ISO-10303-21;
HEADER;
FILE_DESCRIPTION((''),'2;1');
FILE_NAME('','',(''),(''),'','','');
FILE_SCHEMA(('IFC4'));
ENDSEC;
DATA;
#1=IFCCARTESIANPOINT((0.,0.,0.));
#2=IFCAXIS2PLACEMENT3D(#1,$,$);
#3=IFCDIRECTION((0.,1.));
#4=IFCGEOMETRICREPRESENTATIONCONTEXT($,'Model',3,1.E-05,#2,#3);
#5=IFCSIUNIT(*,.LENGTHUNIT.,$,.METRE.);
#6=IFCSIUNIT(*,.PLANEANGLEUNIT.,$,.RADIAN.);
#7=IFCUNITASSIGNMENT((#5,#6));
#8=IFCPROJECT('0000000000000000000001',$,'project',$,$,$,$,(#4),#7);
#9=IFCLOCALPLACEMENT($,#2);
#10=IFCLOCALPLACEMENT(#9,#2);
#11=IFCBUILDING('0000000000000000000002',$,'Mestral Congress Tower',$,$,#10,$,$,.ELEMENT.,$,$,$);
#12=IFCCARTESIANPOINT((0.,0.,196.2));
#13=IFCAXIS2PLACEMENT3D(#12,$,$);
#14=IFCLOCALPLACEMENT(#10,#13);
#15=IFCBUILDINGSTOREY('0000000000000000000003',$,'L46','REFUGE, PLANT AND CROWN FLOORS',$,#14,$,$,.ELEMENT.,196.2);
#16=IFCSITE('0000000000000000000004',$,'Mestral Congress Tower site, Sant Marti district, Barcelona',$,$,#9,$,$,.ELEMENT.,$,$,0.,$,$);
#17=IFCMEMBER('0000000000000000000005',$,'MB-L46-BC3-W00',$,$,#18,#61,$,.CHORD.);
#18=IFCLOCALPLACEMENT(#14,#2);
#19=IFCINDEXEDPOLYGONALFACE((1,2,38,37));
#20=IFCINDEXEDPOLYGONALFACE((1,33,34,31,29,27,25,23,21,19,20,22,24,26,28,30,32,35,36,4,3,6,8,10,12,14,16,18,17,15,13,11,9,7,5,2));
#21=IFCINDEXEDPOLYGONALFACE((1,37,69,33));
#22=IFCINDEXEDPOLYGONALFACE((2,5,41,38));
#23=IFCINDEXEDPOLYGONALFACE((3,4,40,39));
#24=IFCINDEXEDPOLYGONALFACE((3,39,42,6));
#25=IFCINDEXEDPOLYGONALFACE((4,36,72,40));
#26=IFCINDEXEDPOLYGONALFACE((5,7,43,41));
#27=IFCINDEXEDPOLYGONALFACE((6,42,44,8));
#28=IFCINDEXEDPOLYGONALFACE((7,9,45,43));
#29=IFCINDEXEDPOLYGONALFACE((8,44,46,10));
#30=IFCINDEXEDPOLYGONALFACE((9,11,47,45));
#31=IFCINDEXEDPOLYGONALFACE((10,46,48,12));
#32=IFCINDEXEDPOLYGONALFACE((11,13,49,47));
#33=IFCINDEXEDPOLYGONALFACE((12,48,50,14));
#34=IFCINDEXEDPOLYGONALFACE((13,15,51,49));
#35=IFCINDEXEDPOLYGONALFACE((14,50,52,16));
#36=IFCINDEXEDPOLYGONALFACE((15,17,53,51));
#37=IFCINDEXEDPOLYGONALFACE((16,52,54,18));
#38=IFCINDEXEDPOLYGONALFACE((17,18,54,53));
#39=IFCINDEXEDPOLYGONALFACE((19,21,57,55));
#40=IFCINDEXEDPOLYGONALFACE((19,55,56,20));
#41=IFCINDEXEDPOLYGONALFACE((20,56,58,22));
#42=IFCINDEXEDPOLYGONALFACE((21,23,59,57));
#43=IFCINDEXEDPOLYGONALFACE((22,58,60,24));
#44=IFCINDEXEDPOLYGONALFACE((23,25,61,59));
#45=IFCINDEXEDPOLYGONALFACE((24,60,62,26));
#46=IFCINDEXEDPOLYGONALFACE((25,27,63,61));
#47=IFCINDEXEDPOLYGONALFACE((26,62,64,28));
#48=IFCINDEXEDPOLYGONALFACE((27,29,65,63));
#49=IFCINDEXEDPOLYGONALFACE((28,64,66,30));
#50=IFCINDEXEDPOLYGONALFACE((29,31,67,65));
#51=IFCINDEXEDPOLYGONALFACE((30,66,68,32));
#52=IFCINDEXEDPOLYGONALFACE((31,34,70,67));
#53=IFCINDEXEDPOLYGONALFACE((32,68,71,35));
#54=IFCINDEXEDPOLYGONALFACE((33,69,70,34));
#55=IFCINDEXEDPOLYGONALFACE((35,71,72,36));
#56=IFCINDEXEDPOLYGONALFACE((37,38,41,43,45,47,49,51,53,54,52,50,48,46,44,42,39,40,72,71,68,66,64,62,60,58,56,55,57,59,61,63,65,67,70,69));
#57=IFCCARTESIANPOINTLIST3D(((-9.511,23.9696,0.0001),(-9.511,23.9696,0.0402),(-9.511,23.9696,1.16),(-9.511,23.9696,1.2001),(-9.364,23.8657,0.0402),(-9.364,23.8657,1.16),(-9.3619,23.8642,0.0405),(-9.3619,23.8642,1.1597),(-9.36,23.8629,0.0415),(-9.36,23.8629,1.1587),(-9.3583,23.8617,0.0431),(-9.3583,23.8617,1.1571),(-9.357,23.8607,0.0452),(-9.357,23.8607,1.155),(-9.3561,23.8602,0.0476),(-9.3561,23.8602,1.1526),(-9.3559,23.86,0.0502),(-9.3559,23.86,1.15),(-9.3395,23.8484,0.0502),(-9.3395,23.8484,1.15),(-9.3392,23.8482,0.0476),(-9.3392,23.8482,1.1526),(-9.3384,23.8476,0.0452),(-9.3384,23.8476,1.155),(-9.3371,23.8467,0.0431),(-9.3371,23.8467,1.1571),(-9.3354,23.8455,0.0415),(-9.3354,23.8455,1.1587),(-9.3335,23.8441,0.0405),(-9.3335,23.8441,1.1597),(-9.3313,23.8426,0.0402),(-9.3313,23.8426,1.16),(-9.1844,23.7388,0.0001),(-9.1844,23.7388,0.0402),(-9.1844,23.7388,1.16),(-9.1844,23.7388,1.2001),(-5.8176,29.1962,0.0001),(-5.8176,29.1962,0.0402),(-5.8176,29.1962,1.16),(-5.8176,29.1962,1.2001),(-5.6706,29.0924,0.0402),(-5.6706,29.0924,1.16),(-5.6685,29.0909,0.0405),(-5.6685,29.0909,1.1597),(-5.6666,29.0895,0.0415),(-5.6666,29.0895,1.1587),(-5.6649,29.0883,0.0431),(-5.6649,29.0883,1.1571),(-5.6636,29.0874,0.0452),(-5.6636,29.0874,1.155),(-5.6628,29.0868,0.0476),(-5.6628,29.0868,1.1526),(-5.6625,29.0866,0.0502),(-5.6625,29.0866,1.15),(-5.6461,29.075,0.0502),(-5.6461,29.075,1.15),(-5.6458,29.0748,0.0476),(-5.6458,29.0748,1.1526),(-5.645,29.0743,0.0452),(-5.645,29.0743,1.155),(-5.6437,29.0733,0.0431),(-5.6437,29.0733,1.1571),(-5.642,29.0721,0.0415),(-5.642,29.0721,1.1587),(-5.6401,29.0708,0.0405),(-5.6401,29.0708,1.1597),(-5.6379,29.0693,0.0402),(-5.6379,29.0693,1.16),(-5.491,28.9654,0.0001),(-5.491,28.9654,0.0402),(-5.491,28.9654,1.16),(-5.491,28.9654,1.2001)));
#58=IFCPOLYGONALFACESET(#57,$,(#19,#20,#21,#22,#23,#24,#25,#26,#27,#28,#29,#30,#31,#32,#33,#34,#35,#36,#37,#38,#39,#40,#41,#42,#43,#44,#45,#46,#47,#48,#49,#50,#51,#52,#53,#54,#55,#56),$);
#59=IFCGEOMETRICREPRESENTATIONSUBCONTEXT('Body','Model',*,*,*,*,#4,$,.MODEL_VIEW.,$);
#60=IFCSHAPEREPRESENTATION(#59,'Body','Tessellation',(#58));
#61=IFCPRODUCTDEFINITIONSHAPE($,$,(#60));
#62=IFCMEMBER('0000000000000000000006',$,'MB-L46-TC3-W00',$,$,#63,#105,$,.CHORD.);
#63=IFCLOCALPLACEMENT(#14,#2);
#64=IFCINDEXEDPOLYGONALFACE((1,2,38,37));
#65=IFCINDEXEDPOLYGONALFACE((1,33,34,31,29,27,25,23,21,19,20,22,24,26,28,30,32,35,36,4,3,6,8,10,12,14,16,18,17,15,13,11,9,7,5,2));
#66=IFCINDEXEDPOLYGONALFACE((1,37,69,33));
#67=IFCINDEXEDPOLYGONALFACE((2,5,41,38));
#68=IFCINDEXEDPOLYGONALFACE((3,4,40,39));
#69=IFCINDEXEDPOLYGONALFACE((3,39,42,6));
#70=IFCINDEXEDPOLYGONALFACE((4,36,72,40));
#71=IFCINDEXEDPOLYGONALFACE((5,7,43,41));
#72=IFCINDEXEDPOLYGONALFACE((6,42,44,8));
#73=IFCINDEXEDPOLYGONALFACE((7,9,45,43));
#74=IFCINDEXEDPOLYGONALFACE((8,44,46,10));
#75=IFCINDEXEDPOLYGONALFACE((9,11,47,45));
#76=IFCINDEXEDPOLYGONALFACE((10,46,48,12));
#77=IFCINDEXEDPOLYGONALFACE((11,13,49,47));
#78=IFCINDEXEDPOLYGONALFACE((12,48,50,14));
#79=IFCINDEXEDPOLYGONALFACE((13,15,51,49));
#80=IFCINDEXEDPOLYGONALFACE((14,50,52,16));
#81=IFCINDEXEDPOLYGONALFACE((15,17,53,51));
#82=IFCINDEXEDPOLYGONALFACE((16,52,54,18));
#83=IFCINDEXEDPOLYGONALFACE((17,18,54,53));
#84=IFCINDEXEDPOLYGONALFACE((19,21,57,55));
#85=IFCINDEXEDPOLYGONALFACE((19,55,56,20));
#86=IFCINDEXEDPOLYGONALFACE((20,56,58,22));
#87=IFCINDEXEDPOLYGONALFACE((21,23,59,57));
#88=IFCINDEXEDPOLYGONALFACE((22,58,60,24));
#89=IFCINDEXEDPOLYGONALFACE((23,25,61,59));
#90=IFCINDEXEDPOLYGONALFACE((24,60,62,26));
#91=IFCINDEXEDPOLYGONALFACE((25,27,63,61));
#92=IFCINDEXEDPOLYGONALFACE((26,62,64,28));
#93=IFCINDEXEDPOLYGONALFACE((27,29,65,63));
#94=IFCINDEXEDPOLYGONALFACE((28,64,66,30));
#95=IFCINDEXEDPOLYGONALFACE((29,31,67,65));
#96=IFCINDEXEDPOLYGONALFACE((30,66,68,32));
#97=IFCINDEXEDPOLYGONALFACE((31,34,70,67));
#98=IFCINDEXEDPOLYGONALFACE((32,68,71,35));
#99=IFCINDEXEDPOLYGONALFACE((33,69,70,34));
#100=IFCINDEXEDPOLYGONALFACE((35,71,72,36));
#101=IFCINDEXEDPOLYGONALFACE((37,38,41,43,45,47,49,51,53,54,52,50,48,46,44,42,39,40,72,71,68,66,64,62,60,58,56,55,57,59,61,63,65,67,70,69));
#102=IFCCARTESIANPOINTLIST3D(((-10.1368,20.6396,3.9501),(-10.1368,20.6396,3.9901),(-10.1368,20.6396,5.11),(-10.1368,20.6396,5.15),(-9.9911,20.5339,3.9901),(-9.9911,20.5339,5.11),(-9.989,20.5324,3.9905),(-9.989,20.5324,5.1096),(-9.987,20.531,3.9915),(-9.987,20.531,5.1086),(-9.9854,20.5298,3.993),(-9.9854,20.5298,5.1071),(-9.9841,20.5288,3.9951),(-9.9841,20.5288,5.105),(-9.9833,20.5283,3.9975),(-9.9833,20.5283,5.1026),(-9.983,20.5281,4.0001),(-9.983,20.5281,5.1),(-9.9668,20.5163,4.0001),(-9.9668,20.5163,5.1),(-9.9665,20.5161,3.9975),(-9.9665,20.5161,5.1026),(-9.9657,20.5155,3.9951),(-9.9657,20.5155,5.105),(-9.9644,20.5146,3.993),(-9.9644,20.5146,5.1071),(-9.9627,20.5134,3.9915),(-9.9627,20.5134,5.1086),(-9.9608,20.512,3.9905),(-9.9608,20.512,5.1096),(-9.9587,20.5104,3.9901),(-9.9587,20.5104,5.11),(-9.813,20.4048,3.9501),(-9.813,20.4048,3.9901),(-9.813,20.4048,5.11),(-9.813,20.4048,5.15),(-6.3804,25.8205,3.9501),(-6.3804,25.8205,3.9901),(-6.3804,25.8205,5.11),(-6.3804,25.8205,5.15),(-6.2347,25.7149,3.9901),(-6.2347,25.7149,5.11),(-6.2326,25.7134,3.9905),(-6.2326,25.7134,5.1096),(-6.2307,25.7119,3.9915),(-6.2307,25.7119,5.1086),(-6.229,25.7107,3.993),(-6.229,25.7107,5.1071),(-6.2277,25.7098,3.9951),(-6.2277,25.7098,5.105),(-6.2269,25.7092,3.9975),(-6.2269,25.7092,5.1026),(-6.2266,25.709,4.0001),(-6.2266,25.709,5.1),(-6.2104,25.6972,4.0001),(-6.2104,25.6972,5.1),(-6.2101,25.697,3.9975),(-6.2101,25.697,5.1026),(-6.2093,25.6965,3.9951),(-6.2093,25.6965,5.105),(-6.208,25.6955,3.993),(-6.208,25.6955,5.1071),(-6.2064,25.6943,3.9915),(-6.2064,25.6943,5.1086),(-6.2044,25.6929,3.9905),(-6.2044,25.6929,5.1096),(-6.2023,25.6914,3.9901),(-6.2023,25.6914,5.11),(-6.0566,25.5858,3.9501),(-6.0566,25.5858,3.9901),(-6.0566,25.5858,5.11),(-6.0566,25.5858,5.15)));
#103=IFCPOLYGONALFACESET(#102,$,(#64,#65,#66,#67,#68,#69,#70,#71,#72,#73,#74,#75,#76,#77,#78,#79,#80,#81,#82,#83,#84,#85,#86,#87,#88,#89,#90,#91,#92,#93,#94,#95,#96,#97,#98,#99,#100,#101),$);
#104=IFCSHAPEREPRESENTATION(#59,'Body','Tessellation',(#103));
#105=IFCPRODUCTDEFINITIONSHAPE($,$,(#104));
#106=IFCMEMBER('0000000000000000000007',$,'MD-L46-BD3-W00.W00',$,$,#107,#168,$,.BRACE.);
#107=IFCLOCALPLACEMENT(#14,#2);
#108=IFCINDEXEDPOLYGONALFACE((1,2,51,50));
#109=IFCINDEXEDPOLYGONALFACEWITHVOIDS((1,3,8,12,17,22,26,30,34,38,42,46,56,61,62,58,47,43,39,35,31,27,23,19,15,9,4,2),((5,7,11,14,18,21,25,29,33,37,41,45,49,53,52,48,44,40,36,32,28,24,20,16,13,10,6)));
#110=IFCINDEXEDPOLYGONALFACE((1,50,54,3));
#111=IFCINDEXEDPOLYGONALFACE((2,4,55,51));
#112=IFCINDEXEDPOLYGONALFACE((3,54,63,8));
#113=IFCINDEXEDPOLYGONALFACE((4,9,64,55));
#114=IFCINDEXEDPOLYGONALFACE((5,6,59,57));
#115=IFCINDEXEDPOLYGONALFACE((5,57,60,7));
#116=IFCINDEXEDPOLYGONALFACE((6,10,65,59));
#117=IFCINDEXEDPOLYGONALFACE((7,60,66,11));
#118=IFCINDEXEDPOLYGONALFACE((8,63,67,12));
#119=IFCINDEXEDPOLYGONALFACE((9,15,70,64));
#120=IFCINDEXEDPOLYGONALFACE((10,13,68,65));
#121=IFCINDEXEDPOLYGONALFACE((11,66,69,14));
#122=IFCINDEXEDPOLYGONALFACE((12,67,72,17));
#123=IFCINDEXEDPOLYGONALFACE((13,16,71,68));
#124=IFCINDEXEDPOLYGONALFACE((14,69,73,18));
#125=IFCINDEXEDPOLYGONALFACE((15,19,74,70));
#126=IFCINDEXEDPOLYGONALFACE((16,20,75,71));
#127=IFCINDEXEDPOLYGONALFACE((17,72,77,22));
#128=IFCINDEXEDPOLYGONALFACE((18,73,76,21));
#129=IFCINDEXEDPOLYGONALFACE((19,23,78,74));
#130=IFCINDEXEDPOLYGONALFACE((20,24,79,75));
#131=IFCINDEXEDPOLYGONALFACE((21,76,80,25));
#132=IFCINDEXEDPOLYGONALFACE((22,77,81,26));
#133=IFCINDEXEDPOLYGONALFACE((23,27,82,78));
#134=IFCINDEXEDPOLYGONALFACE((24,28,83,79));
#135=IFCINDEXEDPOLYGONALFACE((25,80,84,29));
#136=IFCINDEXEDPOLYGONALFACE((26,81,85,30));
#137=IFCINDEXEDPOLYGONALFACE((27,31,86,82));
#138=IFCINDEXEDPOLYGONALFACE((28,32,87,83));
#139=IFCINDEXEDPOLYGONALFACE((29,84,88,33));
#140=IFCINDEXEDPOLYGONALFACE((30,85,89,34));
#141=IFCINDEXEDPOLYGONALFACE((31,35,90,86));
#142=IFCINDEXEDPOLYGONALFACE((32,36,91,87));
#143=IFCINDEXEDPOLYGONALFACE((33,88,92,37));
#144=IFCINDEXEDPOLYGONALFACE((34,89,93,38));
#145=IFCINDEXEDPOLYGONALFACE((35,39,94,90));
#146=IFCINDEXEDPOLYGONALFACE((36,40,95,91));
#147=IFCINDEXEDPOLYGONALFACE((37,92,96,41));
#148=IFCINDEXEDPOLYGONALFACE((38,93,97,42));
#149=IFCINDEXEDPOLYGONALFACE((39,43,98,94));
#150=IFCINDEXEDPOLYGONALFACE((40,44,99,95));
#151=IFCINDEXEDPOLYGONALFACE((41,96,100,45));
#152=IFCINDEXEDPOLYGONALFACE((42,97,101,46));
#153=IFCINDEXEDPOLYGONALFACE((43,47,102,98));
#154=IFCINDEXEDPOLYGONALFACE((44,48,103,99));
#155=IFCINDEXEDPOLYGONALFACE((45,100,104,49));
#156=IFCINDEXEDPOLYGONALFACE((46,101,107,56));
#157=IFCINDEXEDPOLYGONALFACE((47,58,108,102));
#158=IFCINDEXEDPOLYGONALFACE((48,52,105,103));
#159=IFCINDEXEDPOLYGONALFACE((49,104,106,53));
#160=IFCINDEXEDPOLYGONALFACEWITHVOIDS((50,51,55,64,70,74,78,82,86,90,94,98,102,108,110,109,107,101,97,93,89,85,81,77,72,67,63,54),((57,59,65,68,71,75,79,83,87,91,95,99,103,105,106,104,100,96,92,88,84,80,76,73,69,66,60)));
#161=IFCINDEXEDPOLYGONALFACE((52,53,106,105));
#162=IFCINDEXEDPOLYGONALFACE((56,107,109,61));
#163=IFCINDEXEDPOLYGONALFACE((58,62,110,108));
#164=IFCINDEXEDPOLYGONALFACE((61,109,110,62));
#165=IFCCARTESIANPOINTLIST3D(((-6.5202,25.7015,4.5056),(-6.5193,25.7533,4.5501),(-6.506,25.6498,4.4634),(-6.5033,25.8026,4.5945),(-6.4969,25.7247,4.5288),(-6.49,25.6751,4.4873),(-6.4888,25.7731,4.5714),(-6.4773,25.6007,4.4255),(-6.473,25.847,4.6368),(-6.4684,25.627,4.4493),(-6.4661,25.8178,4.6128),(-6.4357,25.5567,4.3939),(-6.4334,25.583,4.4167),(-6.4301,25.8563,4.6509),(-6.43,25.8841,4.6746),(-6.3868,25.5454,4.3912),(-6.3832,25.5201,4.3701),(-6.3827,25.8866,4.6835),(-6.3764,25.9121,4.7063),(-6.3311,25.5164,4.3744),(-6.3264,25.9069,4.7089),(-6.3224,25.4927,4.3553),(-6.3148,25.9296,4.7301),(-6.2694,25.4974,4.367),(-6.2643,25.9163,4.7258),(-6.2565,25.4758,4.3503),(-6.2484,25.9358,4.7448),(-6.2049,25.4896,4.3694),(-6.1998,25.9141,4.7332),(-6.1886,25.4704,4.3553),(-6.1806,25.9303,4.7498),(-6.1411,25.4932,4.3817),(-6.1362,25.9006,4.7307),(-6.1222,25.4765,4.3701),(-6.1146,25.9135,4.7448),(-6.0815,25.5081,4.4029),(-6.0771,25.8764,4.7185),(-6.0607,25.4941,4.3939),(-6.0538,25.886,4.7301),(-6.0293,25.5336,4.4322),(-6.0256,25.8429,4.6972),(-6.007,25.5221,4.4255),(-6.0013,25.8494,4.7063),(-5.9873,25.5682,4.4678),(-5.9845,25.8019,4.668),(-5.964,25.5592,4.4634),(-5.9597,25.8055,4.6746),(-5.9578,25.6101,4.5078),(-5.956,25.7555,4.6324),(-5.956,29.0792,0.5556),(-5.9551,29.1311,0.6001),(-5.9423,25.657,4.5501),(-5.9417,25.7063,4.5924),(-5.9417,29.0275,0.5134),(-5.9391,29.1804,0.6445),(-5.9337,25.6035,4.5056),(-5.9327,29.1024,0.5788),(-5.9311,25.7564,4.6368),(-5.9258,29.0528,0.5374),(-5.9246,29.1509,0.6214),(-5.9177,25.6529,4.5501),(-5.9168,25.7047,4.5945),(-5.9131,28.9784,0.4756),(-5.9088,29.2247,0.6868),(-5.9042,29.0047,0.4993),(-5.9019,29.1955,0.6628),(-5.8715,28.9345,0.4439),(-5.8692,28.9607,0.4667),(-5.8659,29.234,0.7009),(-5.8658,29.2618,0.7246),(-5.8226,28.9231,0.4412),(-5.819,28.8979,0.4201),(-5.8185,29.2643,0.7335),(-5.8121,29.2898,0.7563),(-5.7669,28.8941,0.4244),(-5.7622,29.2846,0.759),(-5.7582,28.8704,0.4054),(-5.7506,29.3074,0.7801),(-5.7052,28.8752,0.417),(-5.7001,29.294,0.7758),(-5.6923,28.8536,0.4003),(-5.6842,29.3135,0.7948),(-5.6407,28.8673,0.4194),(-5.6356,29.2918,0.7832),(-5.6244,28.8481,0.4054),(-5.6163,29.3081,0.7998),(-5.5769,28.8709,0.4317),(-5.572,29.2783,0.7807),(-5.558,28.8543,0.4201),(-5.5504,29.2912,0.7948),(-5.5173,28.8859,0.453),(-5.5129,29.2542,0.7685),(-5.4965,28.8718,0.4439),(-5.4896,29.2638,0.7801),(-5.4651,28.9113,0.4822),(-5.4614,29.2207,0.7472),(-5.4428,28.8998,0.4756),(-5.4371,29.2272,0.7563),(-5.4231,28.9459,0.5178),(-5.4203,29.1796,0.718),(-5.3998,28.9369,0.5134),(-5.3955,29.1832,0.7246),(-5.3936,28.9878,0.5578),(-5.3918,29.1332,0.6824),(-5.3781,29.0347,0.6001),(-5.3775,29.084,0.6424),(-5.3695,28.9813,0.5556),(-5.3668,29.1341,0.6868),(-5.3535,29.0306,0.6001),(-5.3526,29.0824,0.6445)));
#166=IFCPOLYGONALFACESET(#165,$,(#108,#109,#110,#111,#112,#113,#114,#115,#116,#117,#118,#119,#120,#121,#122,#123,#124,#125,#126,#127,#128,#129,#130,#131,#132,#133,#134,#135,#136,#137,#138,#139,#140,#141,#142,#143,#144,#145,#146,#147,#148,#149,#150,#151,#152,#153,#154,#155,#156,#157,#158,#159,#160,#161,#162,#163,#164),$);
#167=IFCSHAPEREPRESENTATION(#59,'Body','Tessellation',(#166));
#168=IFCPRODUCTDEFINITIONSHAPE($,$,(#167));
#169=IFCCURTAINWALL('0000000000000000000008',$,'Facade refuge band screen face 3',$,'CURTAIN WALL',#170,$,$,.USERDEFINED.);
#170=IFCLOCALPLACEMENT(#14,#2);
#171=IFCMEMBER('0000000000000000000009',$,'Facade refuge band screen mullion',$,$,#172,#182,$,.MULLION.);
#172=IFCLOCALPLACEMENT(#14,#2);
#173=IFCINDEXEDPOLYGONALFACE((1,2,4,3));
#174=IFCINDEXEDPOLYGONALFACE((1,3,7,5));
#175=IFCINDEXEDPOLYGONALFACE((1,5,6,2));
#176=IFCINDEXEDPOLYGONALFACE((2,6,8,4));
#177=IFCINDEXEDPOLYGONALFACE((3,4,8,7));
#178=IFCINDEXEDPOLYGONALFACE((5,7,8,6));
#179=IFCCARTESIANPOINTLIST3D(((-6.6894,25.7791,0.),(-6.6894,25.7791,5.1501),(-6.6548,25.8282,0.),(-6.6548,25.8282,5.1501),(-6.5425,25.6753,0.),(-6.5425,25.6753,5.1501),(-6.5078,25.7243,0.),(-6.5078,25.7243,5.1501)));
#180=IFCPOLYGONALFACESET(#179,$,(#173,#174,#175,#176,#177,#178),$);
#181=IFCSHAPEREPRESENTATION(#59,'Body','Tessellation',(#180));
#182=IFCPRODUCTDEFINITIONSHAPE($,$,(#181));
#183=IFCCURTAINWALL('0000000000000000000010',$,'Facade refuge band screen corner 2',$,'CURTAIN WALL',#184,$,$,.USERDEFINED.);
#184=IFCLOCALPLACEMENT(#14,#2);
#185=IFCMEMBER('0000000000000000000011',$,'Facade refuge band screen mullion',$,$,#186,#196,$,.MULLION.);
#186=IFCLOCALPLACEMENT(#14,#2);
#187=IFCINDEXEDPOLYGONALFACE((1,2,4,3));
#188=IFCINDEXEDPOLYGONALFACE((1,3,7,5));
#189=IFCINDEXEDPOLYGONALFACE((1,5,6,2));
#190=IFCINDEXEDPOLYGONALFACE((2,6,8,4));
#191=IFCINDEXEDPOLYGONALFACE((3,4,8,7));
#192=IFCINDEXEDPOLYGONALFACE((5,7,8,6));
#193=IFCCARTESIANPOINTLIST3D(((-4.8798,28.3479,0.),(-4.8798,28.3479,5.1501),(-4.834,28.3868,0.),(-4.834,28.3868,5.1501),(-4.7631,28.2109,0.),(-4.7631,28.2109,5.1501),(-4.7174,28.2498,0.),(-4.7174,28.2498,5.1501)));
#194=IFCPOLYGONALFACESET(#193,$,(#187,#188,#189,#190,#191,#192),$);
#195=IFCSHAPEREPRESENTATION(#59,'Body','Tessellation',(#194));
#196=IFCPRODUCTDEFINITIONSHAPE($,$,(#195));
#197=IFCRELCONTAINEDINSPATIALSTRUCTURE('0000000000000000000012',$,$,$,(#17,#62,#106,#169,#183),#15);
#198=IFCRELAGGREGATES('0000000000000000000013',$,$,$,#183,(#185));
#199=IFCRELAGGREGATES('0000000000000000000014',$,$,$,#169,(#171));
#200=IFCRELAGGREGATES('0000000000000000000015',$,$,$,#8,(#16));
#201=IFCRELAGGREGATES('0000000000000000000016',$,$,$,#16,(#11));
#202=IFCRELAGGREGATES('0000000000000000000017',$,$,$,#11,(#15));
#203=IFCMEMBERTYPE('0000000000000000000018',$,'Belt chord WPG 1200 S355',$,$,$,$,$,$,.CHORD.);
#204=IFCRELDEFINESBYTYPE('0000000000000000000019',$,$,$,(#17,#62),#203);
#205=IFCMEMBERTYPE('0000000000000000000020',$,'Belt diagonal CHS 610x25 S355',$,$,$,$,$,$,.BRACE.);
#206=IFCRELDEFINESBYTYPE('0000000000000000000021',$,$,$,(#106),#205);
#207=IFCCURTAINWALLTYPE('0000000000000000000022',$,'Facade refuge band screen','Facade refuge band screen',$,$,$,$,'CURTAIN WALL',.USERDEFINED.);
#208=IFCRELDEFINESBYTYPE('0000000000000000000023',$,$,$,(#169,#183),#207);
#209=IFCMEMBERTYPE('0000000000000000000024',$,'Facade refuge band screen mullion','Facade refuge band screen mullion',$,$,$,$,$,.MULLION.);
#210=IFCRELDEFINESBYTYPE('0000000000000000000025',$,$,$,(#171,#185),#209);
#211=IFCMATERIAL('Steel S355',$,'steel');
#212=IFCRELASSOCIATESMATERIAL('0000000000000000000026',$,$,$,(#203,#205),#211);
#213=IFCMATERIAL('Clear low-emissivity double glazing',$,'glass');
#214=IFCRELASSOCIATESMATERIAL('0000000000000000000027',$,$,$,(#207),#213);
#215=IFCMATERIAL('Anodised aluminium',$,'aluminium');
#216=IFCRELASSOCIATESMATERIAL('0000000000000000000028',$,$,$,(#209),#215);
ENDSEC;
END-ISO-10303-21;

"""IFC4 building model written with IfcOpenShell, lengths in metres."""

from ifc_helpers import new_model, si_unit, direction, frame, origin, origin_2d, place, context, subcontext, project, spatial, rectangle, hollow_circle, i_section, extrude, material, material_profile, profile_set, type_object, element, aggregate, save


model = new_model("IFC4")

# Units and contexts
model_context = context("Model", 3, precision=1e-05, world=origin(), true_north=direction((0.0, 1.0)))
body_context = subcontext(model_context, "Body", "Model", "MODEL_VIEW")
ifc_project = project(units=[si_unit("LENGTHUNIT", "METRE"), si_unit("PLANEANGLEUNIT", "RADIAN")], contexts=[model_context])

# Site, building, storey
site_placement = place(None, origin())
site = spatial("IfcSite", under=ifc_project, at=site_placement, Name="Mestral Congress Tower site, Sant Marti district, Barcelona", CompositionType="ELEMENT", RefElevation=0.0)
building_placement = place(site_placement, origin())
building = spatial("IfcBuilding", under=site, at=building_placement, Name="Mestral Congress Tower", CompositionType="ELEMENT")
storey_placement = place(building_placement, frame((0.0, 0.0, 196.2)))
storey = spatial("IfcBuildingStorey", under=building, at=storey_placement, Name="L46", Description="REFUGE, PLANT AND CROWN FLOORS", CompositionType="ELEMENT", Elevation=196.2)

# Members
ifc_material_1 = material(Name="Steel S355", Category="steel")
ifc_material_profile_1 = material_profile(ifc_material_1, i_section(OverallWidth=0.3999, OverallDepth=1.2, WebThickness=0.02, FlangeThickness=0.04, FilletRadius=0.01, at=origin_2d()), Name="WPG 1200")
ifc_profile_set_1 = profile_set([ifc_material_profile_1], Name="Steel S355")
member_type_1 = type_object("IfcMemberType", Name="Belt chord WPG 1200 S355", PredefinedType="CHORD", material=ifc_profile_set_1)
member_1_placement = place(storey_placement, frame((-5.6543, 29.0808, 0.6001), z_axis=(-0.577102, -0.816672, 0.0), x_axis=(0.816672, -0.577102, 0.0)))
element("IfcMember", 1, at=member_1_placement, inside=storey, type_object=member_type_1, Name="MB-L46-BC3-W00", PredefinedType="CHORD", context=body_context, shape_type="SweptSolid", body=[
    extrude(i_section(OverallWidth=0.3999, OverallDepth=1.2, WebThickness=0.02, FlangeThickness=0.04, FilletRadius=0.01, at=origin_2d()), origin(), (0.0, 0.0, 1.0), 6.3999),
])
member_2_placement = place(storey_placement, frame((-6.2185, 25.7031, 4.55), z_axis=(-0.586987, -0.809596, 0.0), x_axis=(0.809596, -0.586987, 0.0)))
element("IfcMember", 2, at=member_2_placement, inside=storey, type_object=member_type_1, Name="MB-L46-TC3-W00", PredefinedType="CHORD", context=body_context, shape_type="SweptSolid", body=[
    extrude(i_section(OverallWidth=0.3999, OverallDepth=1.2, WebThickness=0.02, FlangeThickness=0.04, FilletRadius=0.01, at=origin_2d()), origin(), (0.0, 0.0, 1.0), 6.3994),
])
ifc_material_profile_2 = material_profile(ifc_material_1, hollow_circle(Radius=0.3049, WallThickness=0.0249, at=origin_2d()), Name="CHS 610x25")
ifc_profile_set_2 = profile_set([ifc_material_profile_2], Name="Steel S355")
member_type_2 = type_object("IfcMemberType", Name="Belt diagonal CHS 610x25 S355", PredefinedType="BRACE", material=ifc_profile_set_2)
member_3_placement = place(storey_placement, frame((-5.6543, 29.0808, 0.6001), z_axis=(-0.107926, -0.646109, 0.755576), x_axis=(0.986334, -0.164757, 0.0)))
element("IfcMember", 3, at=member_3_placement, inside=storey, type_object=member_type_2, Name="MD-L46-BD3-W00.W00", PredefinedType="BRACE", context=body_context, shape_type="SweptSolid", body=[
    extrude(hollow_circle(Radius=0.3049, WallThickness=0.0249, at=origin_2d()), origin(), (0.0, 0.0, 1.0), 5.2278),
])

# Curtain walls, members
ifc_material_2 = material(Name="Clear low-emissivity double glazing", Category="glass")
curtain_wall_type = type_object("IfcCurtainWallType", Name="Facade refuge band screen", Description="Facade refuge band screen", ElementType="CURTAIN WALL", PredefinedType="USERDEFINED", material=ifc_material_2)
placement = place(storey_placement, origin())
curtain_wall_1 = element("IfcCurtainWall", 4, at=placement, inside=storey, type_object=curtain_wall_type, Name="Facade refuge band screen face 3", ObjectType="CURTAIN WALL", PredefinedType="USERDEFINED")
ifc_material_3 = material(Name="Anodised aluminium", Category="aluminium")
ifc_material_profile_3 = material_profile(ifc_material_3, rectangle(XDim=0.1799, YDim=0.0601, at=origin_2d()), Name="CW3 mullion 180 x 60")
ifc_profile_set_3 = profile_set([ifc_material_profile_3], Name="Anodised aluminium")
member_type_3 = type_object("IfcMemberType", Name="Facade refuge band screen mullion", Description="Facade refuge band screen mullion", PredefinedType="MULLION", material=ifc_profile_set_3)
member_4_placement = place(storey_placement, frame((-6.5986, 25.7517, 0.0), z_axis=(0.0, 0.0, 1.0), x_axis=(-0.816674, 0.5771, 0.0)))
member_4 = element("IfcMember", 5, at=member_4_placement, type_object=member_type_3, Name="Facade refuge band screen mullion", PredefinedType="MULLION", context=body_context, shape_type="SweptSolid", body=[
    extrude(rectangle(XDim=0.1799, YDim=0.0601, at=origin_2d()), origin(), (0.0, 0.0, 1.0), 5.1501),
])
curtain_wall_2 = element("IfcCurtainWall", 6, at=placement, inside=storey, type_object=curtain_wall_type, Name="Facade refuge band screen corner 2", ObjectType="CURTAIN WALL", PredefinedType="USERDEFINED")
member_5_placement = place(storey_placement, frame((-4.7986, 28.2988, 0.0), z_axis=(0.0, 0.0, 1.0), x_axis=(-0.648241, 0.761435, 0.0)))
member_5 = element("IfcMember", 7, at=member_5_placement, type_object=member_type_3, Name="Facade refuge band screen mullion", PredefinedType="MULLION", context=body_context, shape_type="SweptSolid", body=[
    extrude(rectangle(XDim=0.1799, YDim=0.0601, at=origin_2d()), origin(), (0.0, 0.0, 1.0), 5.1501),
])

aggregate(curtain_wall_2, [member_5])

aggregate(curtain_wall_1, [member_4])

save(model, "model.ifc")
